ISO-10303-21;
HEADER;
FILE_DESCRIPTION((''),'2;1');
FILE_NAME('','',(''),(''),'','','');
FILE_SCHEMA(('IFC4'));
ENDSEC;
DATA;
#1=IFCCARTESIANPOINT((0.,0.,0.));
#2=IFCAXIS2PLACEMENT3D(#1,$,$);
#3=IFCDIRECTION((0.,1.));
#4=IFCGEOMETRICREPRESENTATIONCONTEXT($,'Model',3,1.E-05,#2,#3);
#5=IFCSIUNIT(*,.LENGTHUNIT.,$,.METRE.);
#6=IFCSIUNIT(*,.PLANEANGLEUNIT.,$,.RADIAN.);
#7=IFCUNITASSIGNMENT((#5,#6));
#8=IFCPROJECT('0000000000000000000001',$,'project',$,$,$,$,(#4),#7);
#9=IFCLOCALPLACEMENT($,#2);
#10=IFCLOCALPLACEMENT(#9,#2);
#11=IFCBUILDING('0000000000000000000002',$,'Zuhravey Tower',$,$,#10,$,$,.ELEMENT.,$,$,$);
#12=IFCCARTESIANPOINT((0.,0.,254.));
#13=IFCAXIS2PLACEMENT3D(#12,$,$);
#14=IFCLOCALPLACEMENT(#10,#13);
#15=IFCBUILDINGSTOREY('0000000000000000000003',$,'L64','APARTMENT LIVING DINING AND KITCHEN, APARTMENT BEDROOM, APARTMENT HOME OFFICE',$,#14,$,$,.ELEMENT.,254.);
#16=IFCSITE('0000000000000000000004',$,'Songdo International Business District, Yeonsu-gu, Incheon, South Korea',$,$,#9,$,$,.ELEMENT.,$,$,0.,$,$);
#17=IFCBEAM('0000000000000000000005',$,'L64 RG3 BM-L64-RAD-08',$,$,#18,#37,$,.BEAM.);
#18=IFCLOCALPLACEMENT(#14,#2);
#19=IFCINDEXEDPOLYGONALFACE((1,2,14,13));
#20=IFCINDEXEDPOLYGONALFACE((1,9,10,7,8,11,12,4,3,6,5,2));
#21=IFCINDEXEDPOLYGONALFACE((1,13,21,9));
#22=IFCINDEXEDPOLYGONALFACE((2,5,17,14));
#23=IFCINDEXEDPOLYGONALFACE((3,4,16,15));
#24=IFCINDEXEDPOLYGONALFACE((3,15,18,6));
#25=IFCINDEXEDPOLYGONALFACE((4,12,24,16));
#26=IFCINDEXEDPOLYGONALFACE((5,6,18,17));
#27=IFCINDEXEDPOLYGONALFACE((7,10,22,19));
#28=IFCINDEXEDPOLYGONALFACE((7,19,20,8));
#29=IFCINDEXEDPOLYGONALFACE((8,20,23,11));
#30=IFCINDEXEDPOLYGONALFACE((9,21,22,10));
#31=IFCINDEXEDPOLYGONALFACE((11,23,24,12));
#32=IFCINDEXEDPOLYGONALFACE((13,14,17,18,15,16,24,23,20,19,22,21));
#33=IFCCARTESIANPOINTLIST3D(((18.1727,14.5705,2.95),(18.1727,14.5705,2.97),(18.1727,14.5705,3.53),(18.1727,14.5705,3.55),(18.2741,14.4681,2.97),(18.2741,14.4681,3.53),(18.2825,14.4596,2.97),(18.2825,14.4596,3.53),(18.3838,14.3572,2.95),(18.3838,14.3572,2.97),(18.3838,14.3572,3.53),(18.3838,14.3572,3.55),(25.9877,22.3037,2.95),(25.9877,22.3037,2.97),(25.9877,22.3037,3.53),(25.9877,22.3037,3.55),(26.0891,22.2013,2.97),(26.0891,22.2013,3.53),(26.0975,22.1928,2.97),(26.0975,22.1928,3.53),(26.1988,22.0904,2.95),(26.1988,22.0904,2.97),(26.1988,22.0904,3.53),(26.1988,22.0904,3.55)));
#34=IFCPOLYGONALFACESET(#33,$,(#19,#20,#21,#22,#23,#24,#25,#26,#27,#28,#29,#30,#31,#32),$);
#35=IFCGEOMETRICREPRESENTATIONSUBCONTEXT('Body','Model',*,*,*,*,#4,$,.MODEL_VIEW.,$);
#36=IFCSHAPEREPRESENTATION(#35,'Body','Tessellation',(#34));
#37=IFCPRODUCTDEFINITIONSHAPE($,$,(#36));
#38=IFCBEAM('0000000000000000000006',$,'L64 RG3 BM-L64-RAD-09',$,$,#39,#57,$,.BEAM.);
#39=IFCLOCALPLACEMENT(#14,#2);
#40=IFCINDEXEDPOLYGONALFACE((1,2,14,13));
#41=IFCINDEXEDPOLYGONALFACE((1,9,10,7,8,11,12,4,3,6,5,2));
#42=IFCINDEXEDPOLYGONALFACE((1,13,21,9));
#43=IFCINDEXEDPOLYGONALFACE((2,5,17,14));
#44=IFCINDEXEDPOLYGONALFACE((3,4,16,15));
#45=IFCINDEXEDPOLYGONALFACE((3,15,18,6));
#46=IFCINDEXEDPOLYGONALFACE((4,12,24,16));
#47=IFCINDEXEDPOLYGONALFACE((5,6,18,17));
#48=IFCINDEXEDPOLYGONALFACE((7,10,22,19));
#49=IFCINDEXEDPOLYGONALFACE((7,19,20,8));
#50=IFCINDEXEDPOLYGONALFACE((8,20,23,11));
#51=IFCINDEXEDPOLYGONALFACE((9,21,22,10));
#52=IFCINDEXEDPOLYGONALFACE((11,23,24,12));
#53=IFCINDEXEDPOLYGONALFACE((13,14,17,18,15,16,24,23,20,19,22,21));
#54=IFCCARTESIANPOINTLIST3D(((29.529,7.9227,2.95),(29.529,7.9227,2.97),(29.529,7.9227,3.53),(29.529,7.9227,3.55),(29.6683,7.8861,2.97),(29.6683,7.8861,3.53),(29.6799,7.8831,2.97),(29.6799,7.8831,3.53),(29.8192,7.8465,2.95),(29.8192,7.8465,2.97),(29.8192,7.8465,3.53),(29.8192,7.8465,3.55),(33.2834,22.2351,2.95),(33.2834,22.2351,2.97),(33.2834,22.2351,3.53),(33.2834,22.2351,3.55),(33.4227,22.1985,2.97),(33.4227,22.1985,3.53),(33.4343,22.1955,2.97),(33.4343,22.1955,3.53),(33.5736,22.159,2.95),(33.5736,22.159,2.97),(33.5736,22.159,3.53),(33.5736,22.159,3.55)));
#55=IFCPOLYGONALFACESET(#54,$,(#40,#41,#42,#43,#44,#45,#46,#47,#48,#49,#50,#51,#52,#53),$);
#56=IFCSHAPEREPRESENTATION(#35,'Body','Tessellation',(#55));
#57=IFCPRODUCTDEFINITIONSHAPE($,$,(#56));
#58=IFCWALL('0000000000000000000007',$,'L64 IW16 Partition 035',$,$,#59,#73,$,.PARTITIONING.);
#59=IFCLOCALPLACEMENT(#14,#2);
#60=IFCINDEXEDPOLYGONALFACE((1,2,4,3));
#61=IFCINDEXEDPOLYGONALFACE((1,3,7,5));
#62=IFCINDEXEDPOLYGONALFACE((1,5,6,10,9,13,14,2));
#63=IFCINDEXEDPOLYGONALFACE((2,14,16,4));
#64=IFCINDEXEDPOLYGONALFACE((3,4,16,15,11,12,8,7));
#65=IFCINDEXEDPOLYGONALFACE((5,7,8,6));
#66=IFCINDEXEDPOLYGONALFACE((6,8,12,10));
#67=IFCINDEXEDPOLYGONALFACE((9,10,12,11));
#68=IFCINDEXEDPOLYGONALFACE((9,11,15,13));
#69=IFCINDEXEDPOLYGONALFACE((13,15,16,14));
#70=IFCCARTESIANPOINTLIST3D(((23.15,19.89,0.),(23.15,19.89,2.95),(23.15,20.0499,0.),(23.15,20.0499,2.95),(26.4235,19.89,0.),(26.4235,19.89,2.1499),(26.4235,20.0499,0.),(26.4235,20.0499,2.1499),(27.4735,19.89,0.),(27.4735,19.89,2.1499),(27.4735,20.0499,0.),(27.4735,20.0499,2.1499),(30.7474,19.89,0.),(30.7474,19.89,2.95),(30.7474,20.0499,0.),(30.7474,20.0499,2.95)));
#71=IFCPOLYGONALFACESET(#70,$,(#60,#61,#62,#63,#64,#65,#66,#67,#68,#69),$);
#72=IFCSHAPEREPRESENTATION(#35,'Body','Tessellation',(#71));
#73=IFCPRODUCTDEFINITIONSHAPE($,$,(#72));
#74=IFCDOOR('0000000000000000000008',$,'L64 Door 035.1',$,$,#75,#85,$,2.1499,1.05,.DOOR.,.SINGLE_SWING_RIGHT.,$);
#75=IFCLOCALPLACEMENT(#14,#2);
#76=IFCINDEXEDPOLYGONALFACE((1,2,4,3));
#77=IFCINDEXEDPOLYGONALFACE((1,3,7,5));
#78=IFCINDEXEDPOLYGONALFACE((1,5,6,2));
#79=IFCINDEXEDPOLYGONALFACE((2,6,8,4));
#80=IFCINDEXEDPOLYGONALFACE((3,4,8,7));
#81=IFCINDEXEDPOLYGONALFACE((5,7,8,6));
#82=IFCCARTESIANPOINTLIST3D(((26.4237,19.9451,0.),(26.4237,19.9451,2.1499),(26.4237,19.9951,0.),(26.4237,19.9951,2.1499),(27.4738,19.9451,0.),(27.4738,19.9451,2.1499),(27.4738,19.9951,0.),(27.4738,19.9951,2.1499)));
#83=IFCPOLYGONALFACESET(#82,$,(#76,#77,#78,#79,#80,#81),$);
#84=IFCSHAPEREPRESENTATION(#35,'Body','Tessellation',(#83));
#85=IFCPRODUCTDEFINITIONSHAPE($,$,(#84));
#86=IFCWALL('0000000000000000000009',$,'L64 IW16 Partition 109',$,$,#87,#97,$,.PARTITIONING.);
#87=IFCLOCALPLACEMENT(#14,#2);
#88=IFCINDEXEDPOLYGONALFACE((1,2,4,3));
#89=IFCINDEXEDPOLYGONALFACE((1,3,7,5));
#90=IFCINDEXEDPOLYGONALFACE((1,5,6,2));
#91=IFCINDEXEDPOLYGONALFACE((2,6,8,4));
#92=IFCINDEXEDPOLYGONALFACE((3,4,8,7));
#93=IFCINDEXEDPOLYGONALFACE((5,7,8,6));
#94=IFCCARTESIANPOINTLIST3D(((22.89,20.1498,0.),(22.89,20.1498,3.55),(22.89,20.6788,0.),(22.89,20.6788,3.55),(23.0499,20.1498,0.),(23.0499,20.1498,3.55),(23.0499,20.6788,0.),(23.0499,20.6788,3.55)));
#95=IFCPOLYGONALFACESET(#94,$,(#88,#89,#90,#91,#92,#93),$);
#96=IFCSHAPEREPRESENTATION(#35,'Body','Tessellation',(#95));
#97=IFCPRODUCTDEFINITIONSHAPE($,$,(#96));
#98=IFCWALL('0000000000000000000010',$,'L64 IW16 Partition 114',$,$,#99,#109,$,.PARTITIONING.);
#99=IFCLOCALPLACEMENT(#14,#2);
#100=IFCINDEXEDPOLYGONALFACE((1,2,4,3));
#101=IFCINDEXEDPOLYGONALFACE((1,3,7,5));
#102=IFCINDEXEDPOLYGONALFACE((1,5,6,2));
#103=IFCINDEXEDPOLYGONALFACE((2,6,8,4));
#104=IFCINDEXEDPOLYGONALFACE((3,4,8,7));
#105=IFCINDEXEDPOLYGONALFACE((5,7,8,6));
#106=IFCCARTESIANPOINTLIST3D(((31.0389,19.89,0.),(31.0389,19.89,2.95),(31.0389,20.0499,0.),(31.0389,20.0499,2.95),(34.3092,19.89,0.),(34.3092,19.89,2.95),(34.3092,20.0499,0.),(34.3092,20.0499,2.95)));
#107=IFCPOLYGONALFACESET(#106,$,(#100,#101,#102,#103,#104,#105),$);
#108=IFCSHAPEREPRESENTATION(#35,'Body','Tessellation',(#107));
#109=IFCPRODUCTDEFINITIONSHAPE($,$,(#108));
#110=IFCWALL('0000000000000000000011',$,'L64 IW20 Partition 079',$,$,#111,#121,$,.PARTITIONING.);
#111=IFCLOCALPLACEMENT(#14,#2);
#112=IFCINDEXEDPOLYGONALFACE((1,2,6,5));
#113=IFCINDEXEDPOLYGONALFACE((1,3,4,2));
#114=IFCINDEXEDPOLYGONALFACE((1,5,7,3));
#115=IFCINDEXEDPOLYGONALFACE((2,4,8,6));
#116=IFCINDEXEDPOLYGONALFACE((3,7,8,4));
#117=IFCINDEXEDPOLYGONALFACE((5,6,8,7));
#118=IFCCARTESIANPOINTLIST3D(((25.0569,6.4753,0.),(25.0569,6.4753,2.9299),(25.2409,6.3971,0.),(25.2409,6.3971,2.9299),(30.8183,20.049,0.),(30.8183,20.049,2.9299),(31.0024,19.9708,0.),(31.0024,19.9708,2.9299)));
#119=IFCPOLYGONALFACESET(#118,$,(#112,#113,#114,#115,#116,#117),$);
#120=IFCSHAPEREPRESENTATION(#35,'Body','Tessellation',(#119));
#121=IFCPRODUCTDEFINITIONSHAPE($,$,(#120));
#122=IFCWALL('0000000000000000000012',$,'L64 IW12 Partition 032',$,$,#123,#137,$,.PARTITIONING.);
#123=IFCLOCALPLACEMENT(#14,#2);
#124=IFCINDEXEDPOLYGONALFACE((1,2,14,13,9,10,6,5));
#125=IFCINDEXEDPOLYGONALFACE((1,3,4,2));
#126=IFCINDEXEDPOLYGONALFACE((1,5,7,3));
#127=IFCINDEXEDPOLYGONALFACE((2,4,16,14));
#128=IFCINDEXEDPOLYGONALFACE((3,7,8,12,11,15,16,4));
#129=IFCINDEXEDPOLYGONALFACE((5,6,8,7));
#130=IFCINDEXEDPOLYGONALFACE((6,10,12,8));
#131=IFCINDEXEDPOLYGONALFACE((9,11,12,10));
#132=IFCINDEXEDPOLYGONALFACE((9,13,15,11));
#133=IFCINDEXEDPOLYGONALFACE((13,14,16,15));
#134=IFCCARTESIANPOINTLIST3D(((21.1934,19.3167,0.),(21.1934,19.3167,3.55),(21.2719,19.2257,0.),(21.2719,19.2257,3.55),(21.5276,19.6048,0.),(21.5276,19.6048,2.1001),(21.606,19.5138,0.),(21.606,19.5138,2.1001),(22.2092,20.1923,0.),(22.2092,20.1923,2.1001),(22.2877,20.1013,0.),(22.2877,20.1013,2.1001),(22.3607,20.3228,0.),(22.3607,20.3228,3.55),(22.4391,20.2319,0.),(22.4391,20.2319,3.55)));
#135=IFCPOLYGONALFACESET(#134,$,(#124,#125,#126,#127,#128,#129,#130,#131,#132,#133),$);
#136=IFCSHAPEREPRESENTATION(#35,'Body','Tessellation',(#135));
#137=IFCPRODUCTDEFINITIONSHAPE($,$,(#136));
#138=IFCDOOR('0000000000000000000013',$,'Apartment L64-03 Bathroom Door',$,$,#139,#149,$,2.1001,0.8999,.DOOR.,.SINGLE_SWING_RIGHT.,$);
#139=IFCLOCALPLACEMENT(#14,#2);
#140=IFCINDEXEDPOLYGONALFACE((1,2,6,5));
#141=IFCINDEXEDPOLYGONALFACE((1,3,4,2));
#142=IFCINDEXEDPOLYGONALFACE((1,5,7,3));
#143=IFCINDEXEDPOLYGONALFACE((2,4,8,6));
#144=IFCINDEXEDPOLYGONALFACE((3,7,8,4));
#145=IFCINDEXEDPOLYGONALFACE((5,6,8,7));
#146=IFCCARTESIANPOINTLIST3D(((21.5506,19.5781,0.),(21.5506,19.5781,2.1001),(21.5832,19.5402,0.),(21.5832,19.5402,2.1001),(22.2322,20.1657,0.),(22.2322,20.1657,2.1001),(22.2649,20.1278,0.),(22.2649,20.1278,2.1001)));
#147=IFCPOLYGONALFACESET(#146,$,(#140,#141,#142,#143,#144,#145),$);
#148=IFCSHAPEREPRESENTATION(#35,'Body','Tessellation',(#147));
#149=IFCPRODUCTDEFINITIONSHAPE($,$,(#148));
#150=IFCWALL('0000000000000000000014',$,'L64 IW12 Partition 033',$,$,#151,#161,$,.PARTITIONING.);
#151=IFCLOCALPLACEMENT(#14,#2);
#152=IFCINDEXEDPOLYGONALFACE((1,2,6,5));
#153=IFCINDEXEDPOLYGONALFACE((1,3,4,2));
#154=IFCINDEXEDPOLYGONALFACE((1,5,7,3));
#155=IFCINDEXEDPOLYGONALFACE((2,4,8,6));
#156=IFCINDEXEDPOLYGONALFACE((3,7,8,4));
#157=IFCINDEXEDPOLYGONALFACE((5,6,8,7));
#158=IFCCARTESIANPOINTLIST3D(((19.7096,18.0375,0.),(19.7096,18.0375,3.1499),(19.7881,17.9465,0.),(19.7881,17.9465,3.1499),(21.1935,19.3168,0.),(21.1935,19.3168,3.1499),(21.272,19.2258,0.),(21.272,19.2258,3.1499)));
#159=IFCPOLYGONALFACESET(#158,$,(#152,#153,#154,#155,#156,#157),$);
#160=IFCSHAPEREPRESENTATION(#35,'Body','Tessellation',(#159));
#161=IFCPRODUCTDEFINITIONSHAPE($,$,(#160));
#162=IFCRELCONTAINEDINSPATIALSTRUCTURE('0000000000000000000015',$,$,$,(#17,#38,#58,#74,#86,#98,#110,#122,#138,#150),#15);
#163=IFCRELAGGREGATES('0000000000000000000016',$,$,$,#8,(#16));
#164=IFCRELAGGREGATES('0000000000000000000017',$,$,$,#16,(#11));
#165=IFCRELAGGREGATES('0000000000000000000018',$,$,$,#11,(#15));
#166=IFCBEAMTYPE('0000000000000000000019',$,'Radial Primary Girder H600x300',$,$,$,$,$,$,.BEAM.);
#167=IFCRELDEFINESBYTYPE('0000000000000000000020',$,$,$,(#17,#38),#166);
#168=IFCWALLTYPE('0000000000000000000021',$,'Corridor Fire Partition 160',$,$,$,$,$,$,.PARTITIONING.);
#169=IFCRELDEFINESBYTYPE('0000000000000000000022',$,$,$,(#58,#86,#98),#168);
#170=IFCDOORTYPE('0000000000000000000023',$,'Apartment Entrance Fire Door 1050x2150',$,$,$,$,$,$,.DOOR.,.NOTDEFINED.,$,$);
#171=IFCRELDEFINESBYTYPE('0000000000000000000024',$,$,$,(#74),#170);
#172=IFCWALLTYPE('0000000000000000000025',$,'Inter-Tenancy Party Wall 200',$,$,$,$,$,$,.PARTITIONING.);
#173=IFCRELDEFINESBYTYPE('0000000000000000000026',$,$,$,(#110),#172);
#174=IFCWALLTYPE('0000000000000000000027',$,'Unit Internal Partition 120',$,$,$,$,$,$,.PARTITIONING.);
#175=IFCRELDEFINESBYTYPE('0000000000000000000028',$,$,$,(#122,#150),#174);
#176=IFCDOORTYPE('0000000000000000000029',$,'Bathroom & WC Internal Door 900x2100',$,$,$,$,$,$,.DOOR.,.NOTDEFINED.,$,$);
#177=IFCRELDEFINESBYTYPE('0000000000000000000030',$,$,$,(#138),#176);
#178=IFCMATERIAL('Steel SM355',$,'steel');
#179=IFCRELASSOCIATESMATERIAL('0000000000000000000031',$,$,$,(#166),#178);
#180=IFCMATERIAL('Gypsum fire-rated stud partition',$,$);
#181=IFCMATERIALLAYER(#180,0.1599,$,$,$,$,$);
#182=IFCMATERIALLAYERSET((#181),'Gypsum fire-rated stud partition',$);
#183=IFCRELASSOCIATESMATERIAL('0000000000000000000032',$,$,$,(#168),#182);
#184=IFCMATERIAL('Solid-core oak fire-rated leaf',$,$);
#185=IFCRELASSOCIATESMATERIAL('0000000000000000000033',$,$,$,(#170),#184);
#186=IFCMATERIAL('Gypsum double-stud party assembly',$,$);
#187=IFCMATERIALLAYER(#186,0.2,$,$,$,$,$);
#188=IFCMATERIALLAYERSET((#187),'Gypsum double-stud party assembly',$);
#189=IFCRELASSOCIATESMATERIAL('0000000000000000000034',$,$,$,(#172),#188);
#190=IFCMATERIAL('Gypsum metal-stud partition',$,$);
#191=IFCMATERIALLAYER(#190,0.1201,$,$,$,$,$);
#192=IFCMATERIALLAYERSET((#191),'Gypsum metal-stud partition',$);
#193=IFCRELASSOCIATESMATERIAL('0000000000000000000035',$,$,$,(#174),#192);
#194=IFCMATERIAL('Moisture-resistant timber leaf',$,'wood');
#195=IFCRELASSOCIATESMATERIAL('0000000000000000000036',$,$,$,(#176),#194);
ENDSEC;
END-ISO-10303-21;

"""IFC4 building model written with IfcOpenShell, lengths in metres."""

from ifc_helpers import new_model, si_unit, direction, frame, frame_2d, origin, origin_2d, place, context, subcontext, project, spatial, rectangle, i_section, extrude, material, layer, layer_set, material_profile, profile_set, type_object, element, fill, save


model = new_model("IFC4")

# Units and contexts
model_context = context("Model", 3, precision=1e-05, world=origin(), true_north=direction((0.0, 1.0)))
body_context = subcontext(model_context, "Body", "Model", "MODEL_VIEW")
ifc_project = project(units=[si_unit("LENGTHUNIT", "METRE"), si_unit("PLANEANGLEUNIT", "RADIAN")], contexts=[model_context])

# Site, building, storey
site_placement = place(None, origin())
site = spatial("IfcSite", under=ifc_project, at=site_placement, Name="Songdo International Business District, Yeonsu-gu, Incheon, South Korea", CompositionType="ELEMENT", RefElevation=0.0)
building_placement = place(site_placement, origin())
building = spatial("IfcBuilding", under=site, at=building_placement, Name="Zuhravey Tower", CompositionType="ELEMENT")
storey_placement = place(building_placement, frame((0.0, 0.0, 254.0)))
storey = spatial("IfcBuildingStorey", under=building, at=storey_placement, Name="L64", Description="APARTMENT LIVING DINING AND KITCHEN, APARTMENT BEDROOM, APARTMENT HOME OFFICE", CompositionType="ELEMENT", Elevation=254.0)

# Beams
ifc_material_1 = material(Name="Steel SM355", Category="steel")
ifc_material_profile = material_profile(ifc_material_1, i_section(OverallWidth=0.3, OverallDepth=0.6001, WebThickness=0.012, FlangeThickness=0.02, at=origin_2d()), Name="H-600x300x12x20")
ifc_profile_set = profile_set([ifc_material_profile], Name="Steel SM355")
beam_type = type_object("IfcBeamType", Name="Radial Primary Girder H600x300", PredefinedType="BEAM", material=ifc_profile_set)
beam_1_placement = place(storey_placement, frame((26.0933, 22.197, 3.25), z_axis=(-0.710817, -0.703377, 0.0), x_axis=(0.703377, -0.710817, 0.0)))
element("IfcBeam", 1, at=beam_1_placement, inside=storey, type_object=beam_type, Name="L64 RG3 BM-L64-RAD-08", PredefinedType="BEAM", context=body_context, shape_type="SweptSolid", body=[
    extrude(i_section(OverallWidth=0.3, OverallDepth=0.6001, WebThickness=0.012, FlangeThickness=0.02, at=origin_2d()), origin(), (0.0, 0.0, 1.0), 10.9944),
])
beam_2_placement = place(storey_placement, frame((33.4285, 22.197, 3.25), z_axis=(-0.253731, -0.967275, 0.0), x_axis=(0.967275, -0.253731, 0.0)))
element("IfcBeam", 2, at=beam_2_placement, inside=storey, type_object=beam_type, Name="L64 RG3 BM-L64-RAD-09", PredefinedType="BEAM", context=body_context, shape_type="SweptSolid", body=[
    extrude(i_section(OverallWidth=0.3, OverallDepth=0.6001, WebThickness=0.012, FlangeThickness=0.02, at=origin_2d()), origin(), (0.0, 0.0, 1.0), 14.7966),
])

# Wall, opening, door
ifc_material_2 = material(Name="Gypsum fire-rated stud partition")
ifc_layer_1 = layer(ifc_material_2, 0.1599)
ifc_layer_set_1 = layer_set([ifc_layer_1], Name="Gypsum fire-rated stud partition")
wall_type_1 = type_object("IfcWallType", Name="Corridor Fire Partition 160", PredefinedType="PARTITIONING", material=ifc_layer_set_1)
wall_1_placement = place(storey_placement, frame((23.1499, 19.97, 0.0), z_axis=(0.0, 0.0, 1.0), x_axis=(1.0, 0.0, 0.0)))
wall_1 = element("IfcWall", 3, at=wall_1_placement, inside=storey, type_object=wall_type_1, Name="L64 IW16 Partition 035", PredefinedType="PARTITIONING", context=body_context, shape_type="SweptSolid", body=[
    extrude(rectangle(XDim=7.5974, YDim=0.1599, at=frame_2d((3.7988, 0.0))), origin(), (0.0, 0.0, 1.0), 2.95),
])
opening_1_placement = place(wall_1_placement, frame((3.2737, 0.0, 0.0)))
opening_1 = element("IfcOpeningElement", 4, at=opening_1_placement, cuts=wall_1, PredefinedType="OPENING", context=body_context, shape_type="SweptSolid", body=[
    extrude(rectangle(XDim=1.05, YDim=2.1499, at=frame_2d((0.5249, 1.075))), frame((0.0, 0.092, 0.0), z_axis=(0.0, -1.0, 0.0), x_axis=(1.0, 0.0, 0.0)), (0.0, 0.0, 1.0), 0.1838),
])
ifc_material_3 = material(Name="Solid-core oak fire-rated leaf")
door_type_1 = type_object("IfcDoorType", Name="Apartment Entrance Fire Door 1050x2150", OperationType="NOTDEFINED", PredefinedType="DOOR", material=ifc_material_3)
door_1_placement = place(opening_1_placement, frame((1.05, 0.0, 0.0), z_axis=(0.0, 0.0, 1.0), x_axis=(-1.0, 0.0, 0.0)))
door_1 = element("IfcDoor", 5, at=door_1_placement, inside=storey, type_object=door_type_1, Name="L64 Door 035.1", OperationType="SINGLE_SWING_RIGHT", OverallHeight=2.1499, OverallWidth=1.05, PredefinedType="DOOR", context=body_context, shape_type="SweptSolid", body=[
    extrude(rectangle(XDim=1.05, YDim=2.1499, at=frame_2d((0.5249, 1.075))), frame((0.0, 0.0249, 0.0), z_axis=(0.0, -1.0, 0.0), x_axis=(1.0, 0.0, 0.0)), (0.0, 0.0, 1.0), 0.05),
])
fill(opening_1, door_1)

# Walls
wall_2_placement = place(storey_placement, frame((22.97, 20.679, 0.0), z_axis=(0.0, 0.0, 1.0), x_axis=(0.0, -1.0, 0.0)))
element("IfcWall", 6, at=wall_2_placement, inside=storey, type_object=wall_type_1, Name="L64 IW16 Partition 109", PredefinedType="PARTITIONING", context=body_context, shape_type="SweptSolid", body=[
    extrude(rectangle(XDim=0.5291, YDim=0.1599, at=frame_2d((0.2646, 0.0))), origin(), (0.0, 0.0, 1.0), 3.55),
])
wall_3_placement = place(storey_placement, frame((31.0388, 19.97, 0.0), z_axis=(0.0, 0.0, 1.0), x_axis=(1.0, 0.0, 0.0)))
element("IfcWall", 7, at=wall_3_placement, inside=storey, type_object=wall_type_1, Name="L64 IW16 Partition 114", PredefinedType="PARTITIONING", context=body_context, shape_type="SweptSolid", body=[
    extrude(rectangle(XDim=3.2703, YDim=0.1599, at=frame_2d((1.6353, 0.0))), origin(), (0.0, 0.0, 1.0), 2.95),
])
ifc_material_4 = material(Name="Gypsum double-stud party assembly")
ifc_layer_2 = layer(ifc_material_4, 0.2)
ifc_layer_set_2 = layer_set([ifc_layer_2], Name="Gypsum double-stud party assembly")
wall_type_2 = type_object("IfcWallType", Name="Inter-Tenancy Party Wall 200", PredefinedType="PARTITIONING", material=ifc_layer_set_2)
wall_4_placement = place(storey_placement, frame((30.9104, 20.01, 0.0), z_axis=(0.0, 0.0, 1.0), x_axis=(-0.390718, -0.920511, 0.0)))
element("IfcWall", 8, at=wall_4_placement, inside=storey, type_object=wall_type_2, Name="L64 IW20 Partition 079", PredefinedType="PARTITIONING", context=body_context, shape_type="SweptSolid", body=[
    extrude(rectangle(XDim=14.7458, YDim=0.2, at=frame_2d((7.373, 0.0))), origin(), (0.0, 0.0, 1.0), 2.9299),
])

# Wall, opening, door
ifc_material_5 = material(Name="Gypsum metal-stud partition")
ifc_layer_3 = layer(ifc_material_5, 0.1201)
ifc_layer_set_3 = layer_set([ifc_layer_3], Name="Gypsum metal-stud partition")
wall_type_3 = type_object("IfcWallType", Name="Unit Internal Partition 120", PredefinedType="PARTITIONING", material=ifc_layer_set_3)
wall_5_placement = place(storey_placement, frame((22.3999, 20.2773, 0.0), z_axis=(0.0, 0.0, 1.0), x_axis=(-0.757453, -0.652889, 0.0)))
wall_5 = element("IfcWall", 9, at=wall_5_placement, inside=storey, type_object=wall_type_3, Name="L64 IW12 Partition 032", PredefinedType="PARTITIONING", context=body_context, shape_type="SweptSolid", body=[
    extrude(rectangle(XDim=1.541, YDim=0.1201, at=frame_2d((0.7705, 0.0))), origin(), (0.0, 0.0, 1.0), 3.55),
])
opening_2_placement = place(wall_5_placement, frame((0.2, 0.0, 0.0)))
opening_2 = element("IfcOpeningElement", 10, at=opening_2_placement, cuts=wall_5, PredefinedType="OPENING", context=body_context, shape_type="SweptSolid", body=[
    extrude(rectangle(XDim=0.8999, YDim=2.1001, at=frame_2d((0.45, 1.05))), frame((0.0, 0.072, 0.0), z_axis=(0.0, -1.0, 0.0), x_axis=(1.0, 0.0, 0.0)), (0.0, 0.0, 1.0), 0.144),
])
ifc_material_6 = material(Name="Moisture-resistant timber leaf", Category="wood")
door_type_2 = type_object("IfcDoorType", Name="Bathroom & WC Internal Door 900x2100", OperationType="NOTDEFINED", PredefinedType="DOOR", material=ifc_material_6)
door_2_placement = place(opening_2_placement, frame((0.8999, 0.0, 0.0), z_axis=(0.0, 0.0, 1.0), x_axis=(-1.0, 0.0, 0.0)))
door_2 = element("IfcDoor", 11, at=door_2_placement, inside=storey, type_object=door_type_2, Name="Apartment L64-03 Bathroom Door", OperationType="SINGLE_SWING_RIGHT", OverallHeight=2.1001, OverallWidth=0.8999, PredefinedType="DOOR", context=body_context, shape_type="SweptSolid", body=[
    extrude(rectangle(XDim=0.8999, YDim=2.1001, at=frame_2d((0.45, 1.05))), frame((0.0, 0.0249, 0.0), z_axis=(0.0, -1.0, 0.0), x_axis=(1.0, 0.0, 0.0)), (0.0, 0.0, 1.0), 0.05),
])
fill(opening_2, door_2)

# Wall
wall_6_placement = place(storey_placement, frame((21.2327, 19.2712, 0.0), z_axis=(0.0, 0.0, 1.0), x_axis=(-0.757389, -0.652964, 0.0)))
element("IfcWall", 12, at=wall_6_placement, inside=storey, type_object=wall_type_3, Name="L64 IW12 Partition 033", PredefinedType="PARTITIONING", context=body_context, shape_type="SweptSolid", body=[
    extrude(rectangle(XDim=1.9592, YDim=0.1201, at=frame_2d((0.9795, 0.0))), origin(), (0.0, 0.0, 1.0), 3.1499),
])

save(model, "model.ifc")
